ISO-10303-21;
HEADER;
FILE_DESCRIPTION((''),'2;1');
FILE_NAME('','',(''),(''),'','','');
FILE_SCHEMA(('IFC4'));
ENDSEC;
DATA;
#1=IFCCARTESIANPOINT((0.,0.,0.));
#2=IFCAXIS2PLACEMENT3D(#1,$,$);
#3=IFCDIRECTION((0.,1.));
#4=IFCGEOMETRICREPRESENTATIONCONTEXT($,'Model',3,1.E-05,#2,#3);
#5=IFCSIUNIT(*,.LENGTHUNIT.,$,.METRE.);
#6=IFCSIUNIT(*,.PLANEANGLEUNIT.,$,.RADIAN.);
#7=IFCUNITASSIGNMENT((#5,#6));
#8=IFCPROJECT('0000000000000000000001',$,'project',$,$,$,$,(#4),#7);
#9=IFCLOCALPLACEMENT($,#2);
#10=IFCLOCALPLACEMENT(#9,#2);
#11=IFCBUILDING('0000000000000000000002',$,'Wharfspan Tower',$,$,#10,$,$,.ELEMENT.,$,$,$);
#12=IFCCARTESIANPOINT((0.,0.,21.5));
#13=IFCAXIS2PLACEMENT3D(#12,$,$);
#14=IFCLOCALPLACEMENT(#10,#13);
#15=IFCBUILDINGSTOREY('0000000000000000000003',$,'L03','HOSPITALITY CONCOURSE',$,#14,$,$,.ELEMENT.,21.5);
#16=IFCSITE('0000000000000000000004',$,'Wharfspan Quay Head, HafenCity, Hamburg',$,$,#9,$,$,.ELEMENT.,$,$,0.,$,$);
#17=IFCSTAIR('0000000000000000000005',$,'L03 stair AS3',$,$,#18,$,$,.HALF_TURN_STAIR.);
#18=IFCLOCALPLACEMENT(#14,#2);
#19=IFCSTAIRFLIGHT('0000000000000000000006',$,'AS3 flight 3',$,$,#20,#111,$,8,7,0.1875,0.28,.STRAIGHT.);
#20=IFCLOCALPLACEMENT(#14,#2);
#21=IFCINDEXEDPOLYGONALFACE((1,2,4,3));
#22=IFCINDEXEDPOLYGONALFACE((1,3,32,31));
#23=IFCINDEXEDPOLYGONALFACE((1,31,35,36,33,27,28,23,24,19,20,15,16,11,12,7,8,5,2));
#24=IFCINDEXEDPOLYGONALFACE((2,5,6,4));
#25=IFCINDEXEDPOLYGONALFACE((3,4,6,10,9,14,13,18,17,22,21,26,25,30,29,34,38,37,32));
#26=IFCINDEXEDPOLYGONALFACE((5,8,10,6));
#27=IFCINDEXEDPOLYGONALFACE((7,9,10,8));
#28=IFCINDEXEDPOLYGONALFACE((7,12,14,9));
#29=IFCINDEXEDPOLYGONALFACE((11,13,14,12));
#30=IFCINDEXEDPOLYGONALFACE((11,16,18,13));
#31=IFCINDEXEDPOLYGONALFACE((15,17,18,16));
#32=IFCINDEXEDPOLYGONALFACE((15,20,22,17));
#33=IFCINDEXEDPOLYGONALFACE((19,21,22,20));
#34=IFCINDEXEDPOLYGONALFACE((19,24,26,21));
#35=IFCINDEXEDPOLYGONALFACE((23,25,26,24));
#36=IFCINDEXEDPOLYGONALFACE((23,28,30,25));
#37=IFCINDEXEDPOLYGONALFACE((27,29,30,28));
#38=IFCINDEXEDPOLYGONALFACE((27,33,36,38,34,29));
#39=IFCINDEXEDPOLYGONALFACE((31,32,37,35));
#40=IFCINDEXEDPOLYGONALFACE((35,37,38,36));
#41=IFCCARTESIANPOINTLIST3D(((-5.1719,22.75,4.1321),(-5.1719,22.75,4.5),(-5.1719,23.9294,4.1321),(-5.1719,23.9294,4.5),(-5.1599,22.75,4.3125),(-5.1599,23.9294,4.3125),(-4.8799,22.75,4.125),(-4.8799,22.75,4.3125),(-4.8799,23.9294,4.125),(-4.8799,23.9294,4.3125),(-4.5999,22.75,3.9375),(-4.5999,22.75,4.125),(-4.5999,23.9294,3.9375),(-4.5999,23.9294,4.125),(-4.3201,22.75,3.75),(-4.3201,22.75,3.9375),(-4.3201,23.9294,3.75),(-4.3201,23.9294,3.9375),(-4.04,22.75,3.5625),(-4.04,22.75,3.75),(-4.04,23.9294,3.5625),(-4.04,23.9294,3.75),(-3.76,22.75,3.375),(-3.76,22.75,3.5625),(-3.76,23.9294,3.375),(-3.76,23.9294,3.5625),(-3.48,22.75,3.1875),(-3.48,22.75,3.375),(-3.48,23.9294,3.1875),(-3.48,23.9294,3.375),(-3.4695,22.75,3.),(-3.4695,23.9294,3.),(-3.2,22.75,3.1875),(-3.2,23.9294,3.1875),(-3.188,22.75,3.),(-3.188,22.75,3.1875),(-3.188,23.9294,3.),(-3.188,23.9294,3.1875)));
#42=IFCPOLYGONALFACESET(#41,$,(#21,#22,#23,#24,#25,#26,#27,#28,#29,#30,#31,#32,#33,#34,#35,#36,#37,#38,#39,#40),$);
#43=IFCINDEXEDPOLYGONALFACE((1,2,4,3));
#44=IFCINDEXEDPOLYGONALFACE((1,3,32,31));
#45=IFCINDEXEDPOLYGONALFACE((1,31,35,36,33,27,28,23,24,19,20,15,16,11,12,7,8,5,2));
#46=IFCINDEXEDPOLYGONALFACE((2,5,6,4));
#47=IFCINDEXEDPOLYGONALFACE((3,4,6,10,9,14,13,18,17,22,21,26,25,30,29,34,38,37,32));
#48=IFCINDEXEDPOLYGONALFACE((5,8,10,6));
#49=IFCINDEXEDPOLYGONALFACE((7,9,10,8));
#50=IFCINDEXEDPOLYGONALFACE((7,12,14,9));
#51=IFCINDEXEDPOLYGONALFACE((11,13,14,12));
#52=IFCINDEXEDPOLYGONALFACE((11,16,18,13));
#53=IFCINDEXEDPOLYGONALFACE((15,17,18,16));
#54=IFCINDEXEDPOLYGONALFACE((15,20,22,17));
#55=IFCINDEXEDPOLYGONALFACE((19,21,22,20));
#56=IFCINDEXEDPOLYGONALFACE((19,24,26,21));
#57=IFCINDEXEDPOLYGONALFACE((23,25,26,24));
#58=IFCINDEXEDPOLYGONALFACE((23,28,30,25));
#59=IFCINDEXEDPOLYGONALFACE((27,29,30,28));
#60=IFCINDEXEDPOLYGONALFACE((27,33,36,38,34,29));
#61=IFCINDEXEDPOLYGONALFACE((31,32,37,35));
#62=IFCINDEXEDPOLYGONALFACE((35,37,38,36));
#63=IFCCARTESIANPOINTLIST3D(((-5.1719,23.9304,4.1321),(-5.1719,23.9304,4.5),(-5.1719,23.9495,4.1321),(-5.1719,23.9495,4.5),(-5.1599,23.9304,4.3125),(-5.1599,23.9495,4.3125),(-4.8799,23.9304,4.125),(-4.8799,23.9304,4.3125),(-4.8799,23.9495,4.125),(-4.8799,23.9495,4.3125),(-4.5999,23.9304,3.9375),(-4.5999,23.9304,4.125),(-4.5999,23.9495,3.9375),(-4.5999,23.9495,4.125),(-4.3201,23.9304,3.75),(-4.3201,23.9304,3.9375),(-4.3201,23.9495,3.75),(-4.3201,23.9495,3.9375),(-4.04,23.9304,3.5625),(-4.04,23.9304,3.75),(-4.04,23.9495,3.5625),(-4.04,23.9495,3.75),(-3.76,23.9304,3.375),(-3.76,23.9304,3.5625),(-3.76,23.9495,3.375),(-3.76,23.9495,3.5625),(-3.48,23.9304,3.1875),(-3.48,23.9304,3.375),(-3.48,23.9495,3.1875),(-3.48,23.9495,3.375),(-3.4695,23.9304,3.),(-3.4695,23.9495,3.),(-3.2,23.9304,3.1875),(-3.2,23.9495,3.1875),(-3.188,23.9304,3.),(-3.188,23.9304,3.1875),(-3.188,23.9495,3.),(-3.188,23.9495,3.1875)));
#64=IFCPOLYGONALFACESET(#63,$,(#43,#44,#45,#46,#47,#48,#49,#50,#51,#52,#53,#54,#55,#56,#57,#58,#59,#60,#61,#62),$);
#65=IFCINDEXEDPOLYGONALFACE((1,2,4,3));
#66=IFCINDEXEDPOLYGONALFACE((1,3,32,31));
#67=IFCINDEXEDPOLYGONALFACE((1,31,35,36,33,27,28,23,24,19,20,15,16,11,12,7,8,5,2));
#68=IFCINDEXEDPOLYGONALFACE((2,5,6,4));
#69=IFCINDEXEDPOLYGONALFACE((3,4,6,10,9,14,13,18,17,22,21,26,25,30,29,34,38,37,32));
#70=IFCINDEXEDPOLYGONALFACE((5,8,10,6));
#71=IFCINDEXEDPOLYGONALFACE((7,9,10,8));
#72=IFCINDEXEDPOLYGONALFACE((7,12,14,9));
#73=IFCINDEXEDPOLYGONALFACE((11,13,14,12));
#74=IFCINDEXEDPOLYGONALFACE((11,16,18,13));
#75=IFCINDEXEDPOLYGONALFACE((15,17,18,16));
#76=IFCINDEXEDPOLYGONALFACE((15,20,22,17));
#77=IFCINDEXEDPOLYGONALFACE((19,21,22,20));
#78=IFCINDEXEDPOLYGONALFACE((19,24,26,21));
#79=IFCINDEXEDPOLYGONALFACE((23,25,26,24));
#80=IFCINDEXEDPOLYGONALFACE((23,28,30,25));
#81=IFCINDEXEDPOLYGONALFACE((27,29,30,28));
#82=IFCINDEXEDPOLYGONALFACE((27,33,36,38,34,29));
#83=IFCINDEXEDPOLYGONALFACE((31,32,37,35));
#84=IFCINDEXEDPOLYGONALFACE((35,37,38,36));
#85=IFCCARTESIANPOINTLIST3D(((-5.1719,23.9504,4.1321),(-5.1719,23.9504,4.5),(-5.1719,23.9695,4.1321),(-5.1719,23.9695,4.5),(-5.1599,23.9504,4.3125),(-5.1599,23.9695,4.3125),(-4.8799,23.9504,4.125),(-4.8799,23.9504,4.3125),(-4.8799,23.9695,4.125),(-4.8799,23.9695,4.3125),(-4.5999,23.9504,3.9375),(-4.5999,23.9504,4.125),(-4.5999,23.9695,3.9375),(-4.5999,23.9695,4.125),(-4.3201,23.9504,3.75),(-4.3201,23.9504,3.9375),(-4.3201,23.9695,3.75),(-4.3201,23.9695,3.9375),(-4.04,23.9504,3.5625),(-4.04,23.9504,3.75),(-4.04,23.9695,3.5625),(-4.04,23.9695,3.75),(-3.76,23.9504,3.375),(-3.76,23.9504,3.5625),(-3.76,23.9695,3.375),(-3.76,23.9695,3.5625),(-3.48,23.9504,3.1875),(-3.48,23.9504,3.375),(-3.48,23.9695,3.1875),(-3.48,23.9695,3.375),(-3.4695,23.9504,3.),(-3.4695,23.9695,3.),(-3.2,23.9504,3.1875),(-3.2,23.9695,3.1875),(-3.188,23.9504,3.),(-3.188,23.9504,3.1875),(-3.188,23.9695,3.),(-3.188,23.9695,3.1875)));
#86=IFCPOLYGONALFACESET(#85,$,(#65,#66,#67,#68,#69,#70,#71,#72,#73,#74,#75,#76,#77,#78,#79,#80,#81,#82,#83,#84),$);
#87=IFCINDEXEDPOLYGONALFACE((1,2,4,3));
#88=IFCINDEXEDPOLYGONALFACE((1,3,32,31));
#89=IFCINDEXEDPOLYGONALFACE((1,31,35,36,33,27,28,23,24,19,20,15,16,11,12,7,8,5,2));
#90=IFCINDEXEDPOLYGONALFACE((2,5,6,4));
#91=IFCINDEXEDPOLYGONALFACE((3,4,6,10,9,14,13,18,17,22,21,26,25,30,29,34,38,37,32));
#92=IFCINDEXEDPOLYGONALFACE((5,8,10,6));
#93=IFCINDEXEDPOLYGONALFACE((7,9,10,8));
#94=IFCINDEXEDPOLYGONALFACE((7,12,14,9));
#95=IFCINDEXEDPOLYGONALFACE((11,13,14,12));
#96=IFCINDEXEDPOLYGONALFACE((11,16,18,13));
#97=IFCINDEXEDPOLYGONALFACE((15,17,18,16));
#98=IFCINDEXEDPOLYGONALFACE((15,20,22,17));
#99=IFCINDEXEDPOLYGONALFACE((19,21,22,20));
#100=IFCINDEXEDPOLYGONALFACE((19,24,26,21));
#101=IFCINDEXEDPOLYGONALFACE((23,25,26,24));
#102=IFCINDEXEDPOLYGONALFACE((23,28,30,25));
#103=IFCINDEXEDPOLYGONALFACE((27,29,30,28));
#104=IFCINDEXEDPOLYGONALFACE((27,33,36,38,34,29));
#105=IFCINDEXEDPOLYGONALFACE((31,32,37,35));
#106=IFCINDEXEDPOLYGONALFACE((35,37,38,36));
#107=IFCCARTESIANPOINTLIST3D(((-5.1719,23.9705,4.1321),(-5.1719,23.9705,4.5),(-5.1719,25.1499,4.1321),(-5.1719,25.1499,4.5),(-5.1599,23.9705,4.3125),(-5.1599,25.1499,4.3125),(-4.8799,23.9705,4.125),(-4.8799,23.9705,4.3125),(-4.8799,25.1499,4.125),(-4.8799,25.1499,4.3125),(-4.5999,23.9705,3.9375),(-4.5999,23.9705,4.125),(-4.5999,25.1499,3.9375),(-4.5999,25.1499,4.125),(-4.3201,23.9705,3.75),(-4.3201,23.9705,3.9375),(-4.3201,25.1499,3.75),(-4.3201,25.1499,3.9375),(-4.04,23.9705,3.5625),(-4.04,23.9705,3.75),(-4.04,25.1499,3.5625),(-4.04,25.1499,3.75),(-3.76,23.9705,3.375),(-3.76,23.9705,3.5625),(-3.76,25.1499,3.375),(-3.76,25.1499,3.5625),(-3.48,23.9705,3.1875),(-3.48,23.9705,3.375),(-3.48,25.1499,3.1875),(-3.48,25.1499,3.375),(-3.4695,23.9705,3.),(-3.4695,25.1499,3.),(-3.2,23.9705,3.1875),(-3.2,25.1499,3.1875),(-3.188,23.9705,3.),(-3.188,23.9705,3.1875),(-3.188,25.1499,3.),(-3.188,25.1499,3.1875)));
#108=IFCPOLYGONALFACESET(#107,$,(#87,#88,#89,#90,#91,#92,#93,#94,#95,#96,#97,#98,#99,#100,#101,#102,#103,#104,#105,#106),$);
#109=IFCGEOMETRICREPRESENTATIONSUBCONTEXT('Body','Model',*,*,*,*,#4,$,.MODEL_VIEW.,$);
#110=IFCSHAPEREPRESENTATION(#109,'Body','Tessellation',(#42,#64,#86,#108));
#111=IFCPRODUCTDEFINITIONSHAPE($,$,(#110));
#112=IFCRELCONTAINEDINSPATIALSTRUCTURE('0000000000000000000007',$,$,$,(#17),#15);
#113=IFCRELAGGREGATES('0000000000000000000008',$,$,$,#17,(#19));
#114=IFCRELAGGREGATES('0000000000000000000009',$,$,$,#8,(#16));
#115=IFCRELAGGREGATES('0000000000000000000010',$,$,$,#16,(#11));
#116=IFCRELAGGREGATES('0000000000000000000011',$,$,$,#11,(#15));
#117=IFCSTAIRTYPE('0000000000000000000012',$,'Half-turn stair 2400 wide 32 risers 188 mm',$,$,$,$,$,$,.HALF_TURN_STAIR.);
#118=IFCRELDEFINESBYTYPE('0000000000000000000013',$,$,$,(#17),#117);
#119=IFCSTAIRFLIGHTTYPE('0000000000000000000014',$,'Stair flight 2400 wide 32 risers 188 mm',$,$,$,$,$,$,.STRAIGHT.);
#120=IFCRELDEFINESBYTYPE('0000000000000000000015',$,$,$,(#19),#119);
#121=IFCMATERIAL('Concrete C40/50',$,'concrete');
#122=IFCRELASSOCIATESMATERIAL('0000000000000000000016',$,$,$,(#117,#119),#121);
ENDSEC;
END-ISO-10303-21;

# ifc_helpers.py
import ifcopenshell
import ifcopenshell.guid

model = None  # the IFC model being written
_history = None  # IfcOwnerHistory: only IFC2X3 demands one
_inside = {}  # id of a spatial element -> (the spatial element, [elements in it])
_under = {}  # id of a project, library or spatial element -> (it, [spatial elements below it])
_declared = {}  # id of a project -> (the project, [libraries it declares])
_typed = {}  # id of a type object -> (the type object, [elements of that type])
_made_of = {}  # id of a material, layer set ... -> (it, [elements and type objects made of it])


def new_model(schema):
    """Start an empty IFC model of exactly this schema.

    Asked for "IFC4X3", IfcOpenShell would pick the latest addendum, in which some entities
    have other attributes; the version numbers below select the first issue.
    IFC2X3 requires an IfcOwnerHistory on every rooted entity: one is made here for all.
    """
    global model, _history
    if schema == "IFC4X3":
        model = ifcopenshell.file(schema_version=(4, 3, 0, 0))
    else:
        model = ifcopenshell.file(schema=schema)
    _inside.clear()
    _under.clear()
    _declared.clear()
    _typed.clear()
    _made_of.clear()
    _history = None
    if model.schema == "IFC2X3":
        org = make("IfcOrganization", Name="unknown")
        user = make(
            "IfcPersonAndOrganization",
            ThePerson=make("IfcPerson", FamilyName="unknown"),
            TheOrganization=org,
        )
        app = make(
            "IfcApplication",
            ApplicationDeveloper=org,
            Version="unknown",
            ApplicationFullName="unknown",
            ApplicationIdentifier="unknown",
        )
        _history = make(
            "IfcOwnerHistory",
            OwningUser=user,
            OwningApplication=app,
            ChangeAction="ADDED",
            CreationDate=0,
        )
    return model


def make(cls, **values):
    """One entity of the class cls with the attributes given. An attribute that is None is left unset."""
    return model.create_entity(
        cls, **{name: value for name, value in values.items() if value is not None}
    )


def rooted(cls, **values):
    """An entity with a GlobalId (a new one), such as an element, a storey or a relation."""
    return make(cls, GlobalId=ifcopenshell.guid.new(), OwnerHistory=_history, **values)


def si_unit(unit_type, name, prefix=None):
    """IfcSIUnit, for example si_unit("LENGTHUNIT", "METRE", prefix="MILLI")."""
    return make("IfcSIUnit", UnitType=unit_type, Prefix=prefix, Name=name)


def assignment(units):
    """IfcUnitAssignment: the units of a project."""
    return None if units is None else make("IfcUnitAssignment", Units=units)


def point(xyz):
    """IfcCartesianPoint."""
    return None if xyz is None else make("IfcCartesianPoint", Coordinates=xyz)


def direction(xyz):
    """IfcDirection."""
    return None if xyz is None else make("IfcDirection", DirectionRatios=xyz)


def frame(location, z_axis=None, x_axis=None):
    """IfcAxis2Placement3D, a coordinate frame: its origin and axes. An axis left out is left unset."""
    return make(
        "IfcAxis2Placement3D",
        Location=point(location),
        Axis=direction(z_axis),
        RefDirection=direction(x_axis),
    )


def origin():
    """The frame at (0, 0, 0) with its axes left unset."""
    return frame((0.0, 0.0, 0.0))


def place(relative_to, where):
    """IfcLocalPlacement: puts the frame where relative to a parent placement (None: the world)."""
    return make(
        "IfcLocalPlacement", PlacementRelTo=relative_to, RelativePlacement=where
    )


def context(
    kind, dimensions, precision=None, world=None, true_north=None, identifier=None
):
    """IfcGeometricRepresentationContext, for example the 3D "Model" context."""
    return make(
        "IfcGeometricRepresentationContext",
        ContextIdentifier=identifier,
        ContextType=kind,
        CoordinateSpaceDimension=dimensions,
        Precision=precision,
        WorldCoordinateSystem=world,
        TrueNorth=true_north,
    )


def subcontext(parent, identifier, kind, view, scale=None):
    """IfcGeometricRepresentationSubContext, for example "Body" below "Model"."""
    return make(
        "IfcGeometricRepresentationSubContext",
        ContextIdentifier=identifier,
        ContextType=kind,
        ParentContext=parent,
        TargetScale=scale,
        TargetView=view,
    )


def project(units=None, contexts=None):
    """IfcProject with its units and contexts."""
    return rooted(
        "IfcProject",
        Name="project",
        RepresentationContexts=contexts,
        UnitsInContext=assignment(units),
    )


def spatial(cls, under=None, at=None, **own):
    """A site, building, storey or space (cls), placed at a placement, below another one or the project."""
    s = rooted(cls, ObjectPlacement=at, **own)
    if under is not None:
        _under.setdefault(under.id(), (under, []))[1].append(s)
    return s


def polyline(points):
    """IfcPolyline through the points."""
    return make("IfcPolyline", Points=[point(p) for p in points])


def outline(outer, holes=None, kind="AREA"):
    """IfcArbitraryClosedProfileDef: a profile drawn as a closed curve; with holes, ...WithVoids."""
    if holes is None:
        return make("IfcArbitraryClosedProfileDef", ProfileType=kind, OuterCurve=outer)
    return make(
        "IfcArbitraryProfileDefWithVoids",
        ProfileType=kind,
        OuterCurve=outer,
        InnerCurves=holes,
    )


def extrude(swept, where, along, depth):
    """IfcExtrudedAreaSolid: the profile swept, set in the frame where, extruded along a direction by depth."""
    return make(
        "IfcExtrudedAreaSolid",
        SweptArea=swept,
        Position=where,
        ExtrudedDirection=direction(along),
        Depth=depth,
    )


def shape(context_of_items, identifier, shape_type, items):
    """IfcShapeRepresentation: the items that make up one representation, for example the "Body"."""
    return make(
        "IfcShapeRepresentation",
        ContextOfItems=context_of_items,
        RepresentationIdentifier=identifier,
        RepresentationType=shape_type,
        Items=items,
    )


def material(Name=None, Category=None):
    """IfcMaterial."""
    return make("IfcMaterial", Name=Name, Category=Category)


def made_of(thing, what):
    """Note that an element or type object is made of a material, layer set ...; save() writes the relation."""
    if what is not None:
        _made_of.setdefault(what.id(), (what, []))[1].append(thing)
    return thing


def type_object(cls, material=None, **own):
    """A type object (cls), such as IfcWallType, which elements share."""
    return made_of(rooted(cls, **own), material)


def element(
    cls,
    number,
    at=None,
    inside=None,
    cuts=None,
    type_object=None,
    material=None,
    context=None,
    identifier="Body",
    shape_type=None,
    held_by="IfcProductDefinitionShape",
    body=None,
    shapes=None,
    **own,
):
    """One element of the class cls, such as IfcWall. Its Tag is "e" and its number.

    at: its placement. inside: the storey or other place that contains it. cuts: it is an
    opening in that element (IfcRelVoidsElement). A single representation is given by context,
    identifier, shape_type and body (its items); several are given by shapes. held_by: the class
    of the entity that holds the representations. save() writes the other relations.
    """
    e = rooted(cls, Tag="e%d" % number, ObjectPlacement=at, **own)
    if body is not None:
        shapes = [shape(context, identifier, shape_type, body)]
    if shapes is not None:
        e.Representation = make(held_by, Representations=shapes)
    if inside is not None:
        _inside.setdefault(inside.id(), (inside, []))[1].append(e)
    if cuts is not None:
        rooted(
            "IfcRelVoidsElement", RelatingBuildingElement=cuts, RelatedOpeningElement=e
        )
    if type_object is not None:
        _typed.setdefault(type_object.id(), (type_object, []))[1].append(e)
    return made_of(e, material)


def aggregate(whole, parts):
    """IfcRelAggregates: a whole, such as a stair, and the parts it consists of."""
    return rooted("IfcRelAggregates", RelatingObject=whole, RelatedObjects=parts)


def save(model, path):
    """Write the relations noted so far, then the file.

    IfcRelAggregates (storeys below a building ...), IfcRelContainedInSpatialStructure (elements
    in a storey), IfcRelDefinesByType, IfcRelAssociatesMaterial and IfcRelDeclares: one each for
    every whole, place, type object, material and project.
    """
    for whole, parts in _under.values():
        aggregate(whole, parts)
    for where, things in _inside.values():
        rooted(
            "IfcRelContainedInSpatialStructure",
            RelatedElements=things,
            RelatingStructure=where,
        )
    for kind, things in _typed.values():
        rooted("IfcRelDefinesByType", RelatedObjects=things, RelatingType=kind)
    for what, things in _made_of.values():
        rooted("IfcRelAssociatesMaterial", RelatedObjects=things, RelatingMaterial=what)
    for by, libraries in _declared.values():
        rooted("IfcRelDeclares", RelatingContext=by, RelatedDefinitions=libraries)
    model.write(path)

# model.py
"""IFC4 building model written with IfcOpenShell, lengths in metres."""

from ifc_helpers import new_model, si_unit, direction, frame, origin, place, context, subcontext, project, spatial, polyline, outline, extrude, material, type_object, element, aggregate, save


model = new_model("IFC4")

# Units and contexts
model_context = context("Model", 3, precision=1e-05, world=origin(), true_north=direction((0.0, 1.0)))
body_context = subcontext(model_context, "Body", "Model", "MODEL_VIEW")
ifc_project = project(units=[si_unit("LENGTHUNIT", "METRE"), si_unit("PLANEANGLEUNIT", "RADIAN")], contexts=[model_context])

# Site, building, storey
site_placement = place(None, origin())
site = spatial("IfcSite", under=ifc_project, at=site_placement, Name="Wharfspan Quay Head, HafenCity, Hamburg", CompositionType="ELEMENT", RefElevation=0.0)
building_placement = place(site_placement, origin())
building = spatial("IfcBuilding", under=site, at=building_placement, Name="Wharfspan Tower", CompositionType="ELEMENT")
storey_placement = place(building_placement, frame((0.0, 0.0, 21.5)))
storey = spatial("IfcBuildingStorey", under=building, at=storey_placement, Name="L03", Description="HOSPITALITY CONCOURSE", CompositionType="ELEMENT", Elevation=21.5)

# Stair, stair flight
ifc_material_1 = material(Name="Concrete C40/50", Category="concrete")
stair_type = type_object("IfcStairType", Name="Half-turn stair 2400 wide 32 risers 188 mm", PredefinedType="HALF_TURN_STAIR", material=ifc_material_1)
stair_1_placement = place(storey_placement, origin())
stair_1 = element("IfcStair", 1, at=stair_1_placement, inside=storey, type_object=stair_type, Name="L03 stair AS3", PredefinedType="HALF_TURN_STAIR")
stair_flight_type = type_object("IfcStairFlightType", Name="Stair flight 2400 wide 32 risers 188 mm", PredefinedType="STRAIGHT", material=ifc_material_1)
stair_flight_1_placement = place(storey_placement, frame((-3.2, 23.95, 3.0), z_axis=(0.0, 0.0, 1.0), x_axis=(-1.0, 0.0, 0.0)))
stair_flight_1 = element("IfcStairFlight", 2, at=stair_flight_1_placement, type_object=stair_flight_type, Name="AS3 flight 3", NumberOfRisers=8, NumberOfTreads=7, PredefinedType="STRAIGHT", RiserHeight=0.1875, TreadLength=0.28, context=body_context, shape_type="SweptSolid", body=[
    extrude(outline(polyline([(-0.012, 0.0), (-0.012, 0.1875), (0.0, 0.1875), (0.28, 0.1875), (0.28, 0.375), (0.5601, 0.375), (0.5601, 0.5625), (0.8401, 0.5625), (0.8401, 0.75), (1.1201, 0.75), (1.1201, 0.9375), (1.3999, 0.9375), (1.3999, 1.125), (1.6799, 1.125), (1.6799, 1.3125), (1.96, 1.3125), (1.9719, 1.5), (1.9719, 1.1321), (0.2695, 0.0), (-0.012, 0.0)])), frame((0.0, 1.2, 0.0), z_axis=(0.0, -1.0, 0.0), x_axis=(1.0, 0.0, 0.0)), (0.0, 0.0, 1.0), 1.1794),
    extrude(outline(polyline([(-0.012, 0.0), (-0.012, 0.1875), (0.0, 0.1875), (0.28, 0.1875), (0.28, 0.375), (0.5601, 0.375), (0.5601, 0.5625), (0.8401, 0.5625), (0.8401, 0.75), (1.1201, 0.75), (1.1201, 0.9375), (1.3999, 0.9375), (1.3999, 1.125), (1.6799, 1.125), (1.6799, 1.3125), (1.96, 1.3125), (1.9719, 1.5), (1.9719, 1.1321), (0.2695, 0.0), (-0.012, 0.0)])), frame((0.0, 0.0195, 0.0), z_axis=(0.0, -1.0, 0.0), x_axis=(1.0, 0.0, 0.0)), (0.0, 0.0, 1.0), 0.019),
    extrude(outline(polyline([(-0.012, 0.0), (-0.012, 0.1875), (0.0, 0.1875), (0.28, 0.1875), (0.28, 0.375), (0.5601, 0.375), (0.5601, 0.5625), (0.8401, 0.5625), (0.8401, 0.75), (1.1201, 0.75), (1.1201, 0.9375), (1.3999, 0.9375), (1.3999, 1.125), (1.6799, 1.125), (1.6799, 1.3125), (1.96, 1.3125), (1.9719, 1.5), (1.9719, 1.1321), (0.2695, 0.0), (-0.012, 0.0)])), frame((0.0, -0.0005, 0.0), z_axis=(0.0, -1.0, 0.0), x_axis=(1.0, 0.0, 0.0)), (0.0, 0.0, 1.0), 0.019),
    extrude(outline(polyline([(-0.012, 0.0), (-0.012, 0.1875), (0.0, 0.1875), (0.28, 0.1875), (0.28, 0.375), (0.5601, 0.375), (0.5601, 0.5625), (0.8401, 0.5625), (0.8401, 0.75), (1.1201, 0.75), (1.1201, 0.9375), (1.3999, 0.9375), (1.3999, 1.125), (1.6799, 1.125), (1.6799, 1.3125), (1.96, 1.3125), (1.9719, 1.5), (1.9719, 1.1321), (0.2695, 0.0), (-0.012, 0.0)])), frame((0.0, -0.0205, 0.0), z_axis=(0.0, -1.0, 0.0), x_axis=(1.0, 0.0, 0.0)), (0.0, 0.0, 1.0), 1.1794),
])
aggregate(stair_1, [stair_flight_1])

save(model, "model.ifc")
